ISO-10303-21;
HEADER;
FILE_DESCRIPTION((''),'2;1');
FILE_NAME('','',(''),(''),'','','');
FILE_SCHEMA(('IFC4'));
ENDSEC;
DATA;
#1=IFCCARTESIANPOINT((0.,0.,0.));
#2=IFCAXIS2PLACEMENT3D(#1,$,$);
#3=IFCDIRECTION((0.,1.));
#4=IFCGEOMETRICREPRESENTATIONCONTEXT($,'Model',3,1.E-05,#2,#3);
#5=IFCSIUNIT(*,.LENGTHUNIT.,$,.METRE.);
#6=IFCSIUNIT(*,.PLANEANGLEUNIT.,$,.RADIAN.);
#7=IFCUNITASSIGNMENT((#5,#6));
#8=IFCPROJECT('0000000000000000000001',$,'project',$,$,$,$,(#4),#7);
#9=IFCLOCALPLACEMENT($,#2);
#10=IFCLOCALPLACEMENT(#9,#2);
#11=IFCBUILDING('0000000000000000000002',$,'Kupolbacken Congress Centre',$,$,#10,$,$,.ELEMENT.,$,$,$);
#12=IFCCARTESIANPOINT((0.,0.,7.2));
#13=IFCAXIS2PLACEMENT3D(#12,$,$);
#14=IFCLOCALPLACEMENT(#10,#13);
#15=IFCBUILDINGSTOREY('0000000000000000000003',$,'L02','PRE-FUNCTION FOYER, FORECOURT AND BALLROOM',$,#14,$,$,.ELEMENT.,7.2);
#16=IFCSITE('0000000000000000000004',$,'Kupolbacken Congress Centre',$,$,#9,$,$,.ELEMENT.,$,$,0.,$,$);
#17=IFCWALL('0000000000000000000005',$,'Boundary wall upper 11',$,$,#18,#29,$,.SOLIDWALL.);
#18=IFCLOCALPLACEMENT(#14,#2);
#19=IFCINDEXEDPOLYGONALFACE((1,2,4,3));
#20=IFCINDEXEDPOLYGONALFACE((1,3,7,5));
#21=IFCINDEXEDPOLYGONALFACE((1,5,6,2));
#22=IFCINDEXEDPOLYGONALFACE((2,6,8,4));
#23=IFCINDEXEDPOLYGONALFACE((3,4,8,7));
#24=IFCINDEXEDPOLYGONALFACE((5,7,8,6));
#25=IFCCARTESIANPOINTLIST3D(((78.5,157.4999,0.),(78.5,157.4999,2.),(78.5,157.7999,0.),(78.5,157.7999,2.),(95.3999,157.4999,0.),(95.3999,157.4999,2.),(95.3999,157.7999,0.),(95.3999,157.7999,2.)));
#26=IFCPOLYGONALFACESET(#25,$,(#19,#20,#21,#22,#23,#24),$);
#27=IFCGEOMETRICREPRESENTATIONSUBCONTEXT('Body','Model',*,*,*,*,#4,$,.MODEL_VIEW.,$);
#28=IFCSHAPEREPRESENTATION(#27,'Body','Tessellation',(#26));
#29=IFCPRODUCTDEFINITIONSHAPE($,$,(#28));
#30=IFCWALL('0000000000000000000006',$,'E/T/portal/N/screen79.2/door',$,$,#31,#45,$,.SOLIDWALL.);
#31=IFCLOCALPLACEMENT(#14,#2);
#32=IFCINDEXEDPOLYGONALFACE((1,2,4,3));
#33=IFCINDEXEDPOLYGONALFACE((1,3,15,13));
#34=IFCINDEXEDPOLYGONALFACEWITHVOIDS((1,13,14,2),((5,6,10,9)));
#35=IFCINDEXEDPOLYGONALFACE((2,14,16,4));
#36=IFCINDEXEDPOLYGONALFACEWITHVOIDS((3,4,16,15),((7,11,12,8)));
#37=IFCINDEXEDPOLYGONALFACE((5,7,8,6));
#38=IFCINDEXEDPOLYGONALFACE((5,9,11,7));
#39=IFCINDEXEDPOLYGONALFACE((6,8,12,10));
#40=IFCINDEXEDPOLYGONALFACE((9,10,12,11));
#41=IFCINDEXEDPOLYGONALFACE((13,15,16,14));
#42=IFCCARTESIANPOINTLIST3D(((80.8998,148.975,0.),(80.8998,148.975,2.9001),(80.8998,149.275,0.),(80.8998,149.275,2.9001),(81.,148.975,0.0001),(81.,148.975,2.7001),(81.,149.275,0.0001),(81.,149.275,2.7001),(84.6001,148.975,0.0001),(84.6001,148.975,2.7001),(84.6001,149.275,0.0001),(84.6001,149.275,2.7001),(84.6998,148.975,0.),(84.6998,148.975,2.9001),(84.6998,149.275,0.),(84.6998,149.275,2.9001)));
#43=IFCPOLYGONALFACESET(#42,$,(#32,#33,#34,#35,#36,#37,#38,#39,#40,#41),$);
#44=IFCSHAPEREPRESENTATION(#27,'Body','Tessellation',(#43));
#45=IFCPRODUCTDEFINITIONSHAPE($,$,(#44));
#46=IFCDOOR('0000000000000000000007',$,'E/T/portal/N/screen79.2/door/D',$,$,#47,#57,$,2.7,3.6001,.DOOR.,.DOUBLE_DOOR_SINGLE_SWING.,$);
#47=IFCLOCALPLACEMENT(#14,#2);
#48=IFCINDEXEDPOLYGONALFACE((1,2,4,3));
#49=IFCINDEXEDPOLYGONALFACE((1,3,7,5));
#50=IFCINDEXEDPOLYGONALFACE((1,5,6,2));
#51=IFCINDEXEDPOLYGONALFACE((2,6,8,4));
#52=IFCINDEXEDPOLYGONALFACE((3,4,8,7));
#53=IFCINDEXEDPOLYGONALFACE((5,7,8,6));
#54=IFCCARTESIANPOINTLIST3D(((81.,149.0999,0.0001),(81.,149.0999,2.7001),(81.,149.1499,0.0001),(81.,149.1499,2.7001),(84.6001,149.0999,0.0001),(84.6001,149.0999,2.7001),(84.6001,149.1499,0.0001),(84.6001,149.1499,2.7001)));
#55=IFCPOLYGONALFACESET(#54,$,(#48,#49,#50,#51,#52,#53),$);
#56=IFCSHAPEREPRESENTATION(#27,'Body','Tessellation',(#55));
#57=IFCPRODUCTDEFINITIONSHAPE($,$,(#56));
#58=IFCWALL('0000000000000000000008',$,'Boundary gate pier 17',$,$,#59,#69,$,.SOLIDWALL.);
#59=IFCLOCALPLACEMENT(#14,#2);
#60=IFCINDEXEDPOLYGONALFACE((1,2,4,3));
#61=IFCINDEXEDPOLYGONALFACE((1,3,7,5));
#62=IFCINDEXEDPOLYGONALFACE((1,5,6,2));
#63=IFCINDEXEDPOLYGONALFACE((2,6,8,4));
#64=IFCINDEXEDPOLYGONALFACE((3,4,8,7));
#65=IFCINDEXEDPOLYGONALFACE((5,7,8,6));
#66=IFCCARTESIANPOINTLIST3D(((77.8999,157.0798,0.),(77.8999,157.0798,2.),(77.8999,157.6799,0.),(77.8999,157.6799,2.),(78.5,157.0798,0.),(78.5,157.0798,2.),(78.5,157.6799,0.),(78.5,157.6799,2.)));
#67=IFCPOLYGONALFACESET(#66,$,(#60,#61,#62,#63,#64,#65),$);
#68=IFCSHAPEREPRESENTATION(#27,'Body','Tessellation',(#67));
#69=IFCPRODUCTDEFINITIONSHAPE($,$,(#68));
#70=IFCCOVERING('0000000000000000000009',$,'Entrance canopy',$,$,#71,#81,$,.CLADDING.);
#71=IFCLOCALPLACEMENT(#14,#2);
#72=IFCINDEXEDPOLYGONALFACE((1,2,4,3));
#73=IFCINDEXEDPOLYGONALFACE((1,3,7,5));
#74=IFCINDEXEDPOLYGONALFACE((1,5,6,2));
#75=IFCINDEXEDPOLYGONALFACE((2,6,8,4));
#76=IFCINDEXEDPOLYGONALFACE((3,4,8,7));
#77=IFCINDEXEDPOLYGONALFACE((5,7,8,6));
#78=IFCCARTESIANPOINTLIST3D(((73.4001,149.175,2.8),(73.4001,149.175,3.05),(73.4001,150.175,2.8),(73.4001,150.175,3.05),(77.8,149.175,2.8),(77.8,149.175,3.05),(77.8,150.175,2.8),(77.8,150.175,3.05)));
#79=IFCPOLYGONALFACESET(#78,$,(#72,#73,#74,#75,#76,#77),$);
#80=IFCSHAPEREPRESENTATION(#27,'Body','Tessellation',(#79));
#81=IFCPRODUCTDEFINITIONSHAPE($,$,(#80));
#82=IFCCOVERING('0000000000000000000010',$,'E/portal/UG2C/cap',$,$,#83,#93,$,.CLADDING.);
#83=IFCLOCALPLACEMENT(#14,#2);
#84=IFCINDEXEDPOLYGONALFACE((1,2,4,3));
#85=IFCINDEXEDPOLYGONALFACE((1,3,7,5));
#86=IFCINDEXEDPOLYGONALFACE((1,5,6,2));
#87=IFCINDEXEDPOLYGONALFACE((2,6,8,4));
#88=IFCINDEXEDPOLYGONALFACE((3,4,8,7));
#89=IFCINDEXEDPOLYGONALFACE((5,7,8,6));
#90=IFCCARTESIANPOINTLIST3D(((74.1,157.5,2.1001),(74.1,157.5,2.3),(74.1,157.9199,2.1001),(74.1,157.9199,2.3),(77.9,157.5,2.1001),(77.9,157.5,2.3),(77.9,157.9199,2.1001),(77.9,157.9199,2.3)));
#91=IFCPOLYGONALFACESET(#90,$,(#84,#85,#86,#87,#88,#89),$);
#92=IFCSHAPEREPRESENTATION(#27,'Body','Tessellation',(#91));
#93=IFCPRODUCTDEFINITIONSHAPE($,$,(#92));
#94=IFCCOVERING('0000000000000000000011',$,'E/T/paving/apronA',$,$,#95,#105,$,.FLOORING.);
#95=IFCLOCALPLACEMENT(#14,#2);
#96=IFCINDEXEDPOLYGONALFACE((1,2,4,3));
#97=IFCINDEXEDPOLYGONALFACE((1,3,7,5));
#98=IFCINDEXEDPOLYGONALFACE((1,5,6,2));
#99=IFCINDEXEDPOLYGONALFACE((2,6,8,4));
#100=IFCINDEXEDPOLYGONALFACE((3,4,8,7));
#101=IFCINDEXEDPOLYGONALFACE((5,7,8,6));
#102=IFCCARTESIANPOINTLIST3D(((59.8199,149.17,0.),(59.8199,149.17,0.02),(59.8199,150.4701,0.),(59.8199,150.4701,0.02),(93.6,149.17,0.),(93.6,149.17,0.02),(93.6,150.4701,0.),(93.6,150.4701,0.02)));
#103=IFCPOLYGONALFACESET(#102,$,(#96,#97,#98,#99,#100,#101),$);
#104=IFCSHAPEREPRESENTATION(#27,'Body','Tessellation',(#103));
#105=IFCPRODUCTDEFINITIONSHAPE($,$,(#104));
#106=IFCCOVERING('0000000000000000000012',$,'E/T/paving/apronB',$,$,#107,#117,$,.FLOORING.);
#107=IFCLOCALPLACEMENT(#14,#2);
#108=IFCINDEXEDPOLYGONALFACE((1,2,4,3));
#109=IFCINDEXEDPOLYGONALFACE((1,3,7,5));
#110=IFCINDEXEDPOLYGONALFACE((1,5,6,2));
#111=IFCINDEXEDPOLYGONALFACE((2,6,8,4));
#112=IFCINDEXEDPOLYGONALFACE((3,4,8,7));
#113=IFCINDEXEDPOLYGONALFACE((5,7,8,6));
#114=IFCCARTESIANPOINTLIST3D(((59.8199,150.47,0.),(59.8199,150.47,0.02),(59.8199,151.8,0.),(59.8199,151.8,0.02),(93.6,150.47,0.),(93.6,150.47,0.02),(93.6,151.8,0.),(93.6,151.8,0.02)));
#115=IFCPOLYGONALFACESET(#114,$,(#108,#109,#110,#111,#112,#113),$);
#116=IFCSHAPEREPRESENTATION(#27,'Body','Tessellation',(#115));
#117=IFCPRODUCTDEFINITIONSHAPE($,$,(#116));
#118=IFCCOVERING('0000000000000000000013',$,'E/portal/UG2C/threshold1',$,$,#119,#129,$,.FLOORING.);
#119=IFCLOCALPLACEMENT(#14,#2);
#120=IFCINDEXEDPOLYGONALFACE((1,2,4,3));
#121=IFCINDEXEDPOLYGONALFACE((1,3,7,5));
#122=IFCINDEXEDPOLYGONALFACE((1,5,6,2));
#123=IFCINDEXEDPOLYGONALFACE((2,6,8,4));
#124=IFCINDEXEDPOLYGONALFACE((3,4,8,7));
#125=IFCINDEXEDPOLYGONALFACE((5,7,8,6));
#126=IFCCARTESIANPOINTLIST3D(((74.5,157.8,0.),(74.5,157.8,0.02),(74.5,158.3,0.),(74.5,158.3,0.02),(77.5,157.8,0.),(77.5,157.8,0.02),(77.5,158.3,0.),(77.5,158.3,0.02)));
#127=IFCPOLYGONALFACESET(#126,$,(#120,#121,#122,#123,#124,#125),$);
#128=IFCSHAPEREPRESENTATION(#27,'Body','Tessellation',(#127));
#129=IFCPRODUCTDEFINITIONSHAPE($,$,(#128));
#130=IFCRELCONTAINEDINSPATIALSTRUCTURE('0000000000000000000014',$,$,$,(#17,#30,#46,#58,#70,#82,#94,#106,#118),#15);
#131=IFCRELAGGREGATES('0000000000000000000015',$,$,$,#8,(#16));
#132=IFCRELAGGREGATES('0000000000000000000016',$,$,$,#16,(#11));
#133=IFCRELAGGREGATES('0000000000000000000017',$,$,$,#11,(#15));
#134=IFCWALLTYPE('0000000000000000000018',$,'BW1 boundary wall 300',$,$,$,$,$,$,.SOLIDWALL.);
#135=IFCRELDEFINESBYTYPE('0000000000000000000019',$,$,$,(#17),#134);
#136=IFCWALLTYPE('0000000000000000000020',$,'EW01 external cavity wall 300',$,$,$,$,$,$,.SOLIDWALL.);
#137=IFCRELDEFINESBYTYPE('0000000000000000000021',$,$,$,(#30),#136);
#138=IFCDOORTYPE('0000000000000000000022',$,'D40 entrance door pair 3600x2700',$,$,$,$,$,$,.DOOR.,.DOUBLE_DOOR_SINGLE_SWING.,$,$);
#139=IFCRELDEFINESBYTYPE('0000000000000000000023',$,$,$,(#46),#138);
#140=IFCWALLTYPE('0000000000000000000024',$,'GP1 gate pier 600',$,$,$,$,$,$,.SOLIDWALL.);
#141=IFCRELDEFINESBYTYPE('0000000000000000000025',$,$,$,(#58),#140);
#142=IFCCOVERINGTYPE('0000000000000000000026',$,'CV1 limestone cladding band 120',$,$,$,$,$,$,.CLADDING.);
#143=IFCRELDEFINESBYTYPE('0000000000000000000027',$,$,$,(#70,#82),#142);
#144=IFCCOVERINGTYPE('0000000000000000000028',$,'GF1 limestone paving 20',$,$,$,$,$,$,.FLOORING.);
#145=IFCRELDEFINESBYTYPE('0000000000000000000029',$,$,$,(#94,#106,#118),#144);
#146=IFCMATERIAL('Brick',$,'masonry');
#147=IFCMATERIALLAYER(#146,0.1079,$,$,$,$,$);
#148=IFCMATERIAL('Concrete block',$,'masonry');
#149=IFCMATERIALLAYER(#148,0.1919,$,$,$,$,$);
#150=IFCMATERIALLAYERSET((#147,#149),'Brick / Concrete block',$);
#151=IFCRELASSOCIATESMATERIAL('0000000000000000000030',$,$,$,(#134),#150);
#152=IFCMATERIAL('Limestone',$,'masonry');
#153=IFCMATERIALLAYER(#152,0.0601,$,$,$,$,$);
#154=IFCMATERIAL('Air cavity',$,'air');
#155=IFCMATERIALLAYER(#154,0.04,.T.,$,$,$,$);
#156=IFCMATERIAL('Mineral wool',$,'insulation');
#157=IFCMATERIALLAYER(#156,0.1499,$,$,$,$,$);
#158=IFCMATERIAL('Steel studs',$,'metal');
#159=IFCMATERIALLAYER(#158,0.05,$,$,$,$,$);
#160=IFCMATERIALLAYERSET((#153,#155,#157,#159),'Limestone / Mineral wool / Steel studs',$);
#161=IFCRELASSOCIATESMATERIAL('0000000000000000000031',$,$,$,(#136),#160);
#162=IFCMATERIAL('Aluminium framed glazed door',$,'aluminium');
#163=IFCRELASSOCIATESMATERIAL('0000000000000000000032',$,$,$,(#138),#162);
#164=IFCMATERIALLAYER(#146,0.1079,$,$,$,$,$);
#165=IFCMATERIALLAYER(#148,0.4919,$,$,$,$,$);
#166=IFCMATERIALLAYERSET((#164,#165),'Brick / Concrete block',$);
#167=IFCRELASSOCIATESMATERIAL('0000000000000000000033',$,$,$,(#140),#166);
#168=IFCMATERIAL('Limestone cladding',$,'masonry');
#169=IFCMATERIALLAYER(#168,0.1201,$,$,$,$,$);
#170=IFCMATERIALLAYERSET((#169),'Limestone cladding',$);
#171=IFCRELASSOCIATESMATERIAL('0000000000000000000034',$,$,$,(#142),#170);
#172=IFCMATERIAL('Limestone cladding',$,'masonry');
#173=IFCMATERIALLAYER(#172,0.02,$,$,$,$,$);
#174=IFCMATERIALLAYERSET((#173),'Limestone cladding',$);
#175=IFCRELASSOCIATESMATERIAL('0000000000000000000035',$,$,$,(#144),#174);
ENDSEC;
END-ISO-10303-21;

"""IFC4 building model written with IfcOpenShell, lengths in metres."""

from ifc_helpers import new_model, si_unit, direction, frame, frame_2d, origin, origin_2d, place, context, subcontext, project, spatial, rectangle, extrude, material, layer, layer_set, type_object, element, fill, save


model = new_model("IFC4")

# Units and contexts
model_context = context("Model", 3, precision=1e-05, world=origin(), true_north=direction((0.0, 1.0)))
body_context = subcontext(model_context, "Body", "Model", "MODEL_VIEW")
ifc_project = project(units=[si_unit("LENGTHUNIT", "METRE"), si_unit("PLANEANGLEUNIT", "RADIAN")], contexts=[model_context])

# Site, building, storey
site_placement = place(None, origin())
site = spatial("IfcSite", under=ifc_project, at=site_placement, Name="Kupolbacken Congress Centre", CompositionType="ELEMENT", RefElevation=0.0)
building_placement = place(site_placement, origin())
building = spatial("IfcBuilding", under=site, at=building_placement, Name="Kupolbacken Congress Centre", CompositionType="ELEMENT")
storey_placement = place(building_placement, frame((0.0, 0.0, 7.2)))
storey = spatial("IfcBuildingStorey", under=building, at=storey_placement, Name="L02", Description="PRE-FUNCTION FOYER, FORECOURT AND BALLROOM", CompositionType="ELEMENT", Elevation=7.2)

# Wall
ifc_material_1 = material(Name="Brick", Category="masonry")
ifc_layer_1 = layer(ifc_material_1, 0.1079)
ifc_material_2 = material(Name="Concrete block", Category="masonry")
ifc_layer_2 = layer(ifc_material_2, 0.1919)
ifc_layer_set_1 = layer_set([ifc_layer_1, ifc_layer_2], Name="Brick / Concrete block")
wall_type_1 = type_object("IfcWallType", Name="BW1 boundary wall 300", PredefinedType="SOLIDWALL", material=ifc_layer_set_1)
wall_1_placement = place(storey_placement, frame((78.5, 157.6499, 0.0), z_axis=(0.0, 0.0, 1.0), x_axis=(1.0, 0.0, 0.0)))
element("IfcWall", 1, at=wall_1_placement, inside=storey, type_object=wall_type_1, Name="Boundary wall upper 11", PredefinedType="SOLIDWALL", context=body_context, shape_type="SweptSolid", body=[
    extrude(rectangle(XDim=16.8999, YDim=0.3, at=frame_2d((8.45, 0.0))), origin(), (0.0, 0.0, 1.0), 2.0),
])

# Wall, opening, door
ifc_material_3 = material(Name="Limestone", Category="masonry")
ifc_layer_3 = layer(ifc_material_3, 0.0601)
ifc_material_4 = material(Name="Air cavity", Category="air")
ifc_layer_4 = layer(ifc_material_4, 0.04, ventilated=True)
ifc_material_5 = material(Name="Mineral wool", Category="insulation")
ifc_layer_5 = layer(ifc_material_5, 0.1499)
ifc_material_6 = material(Name="Steel studs", Category="metal")
ifc_layer_6 = layer(ifc_material_6, 0.05)
ifc_layer_set_2 = layer_set([ifc_layer_3, ifc_layer_4, ifc_layer_5, ifc_layer_6], Name="Limestone / Mineral wool / Steel studs")
wall_type_2 = type_object("IfcWallType", Name="EW01 external cavity wall 300", PredefinedType="SOLIDWALL", material=ifc_layer_set_2)
wall_2_placement = place(storey_placement, frame((80.8999, 149.125, 0.0), z_axis=(0.0, 0.0, 1.0), x_axis=(1.0, 0.0, 0.0)))
wall_2 = element("IfcWall", 2, at=wall_2_placement, inside=storey, type_object=wall_type_2, Name="E/T/portal/N/screen79.2/door", PredefinedType="SOLIDWALL", context=body_context, shape_type="SweptSolid", body=[
    extrude(rectangle(XDim=3.8, YDim=0.3, at=frame_2d((1.8999, 0.0))), origin(), (0.0, 0.0, 1.0), 2.9001),
])
opening_placement = place(wall_2_placement, frame((0.1001, 0.0, 0.0)))
opening = element("IfcOpeningElement", 3, at=opening_placement, cuts=wall_2, PredefinedType="OPENING", context=body_context, shape_type="SweptSolid", body=[
    extrude(rectangle(XDim=3.6001, YDim=2.7, at=frame_2d((1.8, 1.3501))), frame((0.0, 0.1599, 0.0), z_axis=(0.0, -1.0, 0.0), x_axis=(1.0, 0.0, 0.0)), (0.0, 0.0, 1.0), 0.3201),
])
ifc_material_7 = material(Name="Aluminium framed glazed door", Category="aluminium")
door_type = type_object("IfcDoorType", Name="D40 entrance door pair 3600x2700", OperationType="DOUBLE_DOOR_SINGLE_SWING", PredefinedType="DOOR", material=ifc_material_7)
door_placement = place(opening_placement, origin())
door = element("IfcDoor", 4, at=door_placement, inside=storey, type_object=door_type, Name="E/T/portal/N/screen79.2/door/D", OperationType="DOUBLE_DOOR_SINGLE_SWING", OverallHeight=2.7, OverallWidth=3.6001, PredefinedType="DOOR", context=body_context, shape_type="SweptSolid", body=[
    extrude(rectangle(XDim=3.6001, YDim=2.7, at=frame_2d((1.8, 1.3501))), frame((0.0, 0.0249, 0.0), z_axis=(0.0, -1.0, 0.0), x_axis=(1.0, 0.0, 0.0)), (0.0, 0.0, 1.0), 0.05),
])
fill(opening, door)

# Wall
ifc_layer_7 = layer(ifc_material_1, 0.1079)
ifc_layer_8 = layer(ifc_material_2, 0.4919)
ifc_layer_set_3 = layer_set([ifc_layer_7, ifc_layer_8], Name="Brick / Concrete block")
wall_type_3 = type_object("IfcWallType", Name="GP1 gate pier 600", PredefinedType="SOLIDWALL", material=ifc_layer_set_3)
wall_3_placement = place(storey_placement, frame((77.8999, 157.3799, 0.0), z_axis=(0.0, 0.0, 1.0), x_axis=(1.0, 0.0, 0.0)))
element("IfcWall", 5, at=wall_3_placement, inside=storey, type_object=wall_type_3, Name="Boundary gate pier 17", PredefinedType="SOLIDWALL", context=body_context, shape_type="SweptSolid", body=[
    extrude(rectangle(XDim=0.6001, YDim=0.6001, at=frame_2d((0.3, 0.0))), origin(), (0.0, 0.0, 1.0), 2.0),
])

# Coverings
ifc_material_8 = material(Name="Limestone cladding", Category="masonry")
ifc_layer_9 = layer(ifc_material_8, 0.1201)
ifc_layer_set_4 = layer_set([ifc_layer_9], Name="Limestone cladding")
covering_type_1 = type_object("IfcCoveringType", Name="CV1 limestone cladding band 120", PredefinedType="CLADDING", material=ifc_layer_set_4)
covering_1_placement = place(storey_placement, frame((75.6001, 149.675, 2.8), z_axis=(0.0, 0.0, 1.0), x_axis=(1.0, 0.0, 0.0)))
element("IfcCovering", 6, at=covering_1_placement, inside=storey, type_object=covering_type_1, Name="Entrance canopy", PredefinedType="CLADDING", context=body_context, shape_type="SweptSolid", body=[
    extrude(rectangle(XDim=4.3999, YDim=1.0, at=origin_2d()), origin(), (0.0, 0.0, 1.0), 0.25),
])
covering_2_placement = place(storey_placement, frame((76.0, 157.71, 2.1001), z_axis=(0.0, 0.0, 1.0), x_axis=(1.0, 0.0, 0.0)))
element("IfcCovering", 7, at=covering_2_placement, inside=storey, type_object=covering_type_1, Name="E/portal/UG2C/cap", PredefinedType="CLADDING", context=body_context, shape_type="SweptSolid", body=[
    extrude(rectangle(XDim=3.8, YDim=0.4199, at=origin_2d()), origin(), (0.0, 0.0, 1.0), 0.2),
])
ifc_material_9 = material(Name="Limestone cladding", Category="masonry")
ifc_layer_10 = layer(ifc_material_9, 0.02)
ifc_layer_set_5 = layer_set([ifc_layer_10], Name="Limestone cladding")
covering_type_2 = type_object("IfcCoveringType", Name="GF1 limestone paving 20", PredefinedType="FLOORING", material=ifc_layer_set_5)
covering_3_placement = place(storey_placement, frame((76.71, 149.8201, 0.0), z_axis=(0.0, 0.0, 1.0), x_axis=(1.0, 0.0, 0.0)))
element("IfcCovering", 8, at=covering_3_placement, inside=storey, type_object=covering_type_2, Name="E/T/paving/apronA", PredefinedType="FLOORING", context=body_context, shape_type="SweptSolid", body=[
    extrude(rectangle(XDim=33.78, YDim=1.3, at=origin_2d()), origin(), (0.0, 0.0, 1.0), 0.02),
])
covering_4_placement = place(storey_placement, frame((76.71, 151.135, 0.0), z_axis=(0.0, 0.0, 1.0), x_axis=(1.0, 0.0, 0.0)))
element("IfcCovering", 9, at=covering_4_placement, inside=storey, type_object=covering_type_2, Name="E/T/paving/apronB", PredefinedType="FLOORING", context=body_context, shape_type="SweptSolid", body=[
    extrude(rectangle(XDim=33.78, YDim=1.3301, at=origin_2d()), origin(), (0.0, 0.0, 1.0), 0.02),
])
covering_5_placement = place(storey_placement, frame((76.0, 158.05, 0.0), z_axis=(0.0, 0.0, 1.0), x_axis=(1.0, 0.0, 0.0)))
element("IfcCovering", 10, at=covering_5_placement, inside=storey, type_object=covering_type_2, Name="E/portal/UG2C/threshold1", PredefinedType="FLOORING", context=body_context, shape_type="SweptSolid", body=[
    extrude(rectangle(XDim=3.0, YDim=0.5, at=origin_2d()), origin(), (0.0, 0.0, 1.0), 0.02),
])

save(model, "model.ifc")
